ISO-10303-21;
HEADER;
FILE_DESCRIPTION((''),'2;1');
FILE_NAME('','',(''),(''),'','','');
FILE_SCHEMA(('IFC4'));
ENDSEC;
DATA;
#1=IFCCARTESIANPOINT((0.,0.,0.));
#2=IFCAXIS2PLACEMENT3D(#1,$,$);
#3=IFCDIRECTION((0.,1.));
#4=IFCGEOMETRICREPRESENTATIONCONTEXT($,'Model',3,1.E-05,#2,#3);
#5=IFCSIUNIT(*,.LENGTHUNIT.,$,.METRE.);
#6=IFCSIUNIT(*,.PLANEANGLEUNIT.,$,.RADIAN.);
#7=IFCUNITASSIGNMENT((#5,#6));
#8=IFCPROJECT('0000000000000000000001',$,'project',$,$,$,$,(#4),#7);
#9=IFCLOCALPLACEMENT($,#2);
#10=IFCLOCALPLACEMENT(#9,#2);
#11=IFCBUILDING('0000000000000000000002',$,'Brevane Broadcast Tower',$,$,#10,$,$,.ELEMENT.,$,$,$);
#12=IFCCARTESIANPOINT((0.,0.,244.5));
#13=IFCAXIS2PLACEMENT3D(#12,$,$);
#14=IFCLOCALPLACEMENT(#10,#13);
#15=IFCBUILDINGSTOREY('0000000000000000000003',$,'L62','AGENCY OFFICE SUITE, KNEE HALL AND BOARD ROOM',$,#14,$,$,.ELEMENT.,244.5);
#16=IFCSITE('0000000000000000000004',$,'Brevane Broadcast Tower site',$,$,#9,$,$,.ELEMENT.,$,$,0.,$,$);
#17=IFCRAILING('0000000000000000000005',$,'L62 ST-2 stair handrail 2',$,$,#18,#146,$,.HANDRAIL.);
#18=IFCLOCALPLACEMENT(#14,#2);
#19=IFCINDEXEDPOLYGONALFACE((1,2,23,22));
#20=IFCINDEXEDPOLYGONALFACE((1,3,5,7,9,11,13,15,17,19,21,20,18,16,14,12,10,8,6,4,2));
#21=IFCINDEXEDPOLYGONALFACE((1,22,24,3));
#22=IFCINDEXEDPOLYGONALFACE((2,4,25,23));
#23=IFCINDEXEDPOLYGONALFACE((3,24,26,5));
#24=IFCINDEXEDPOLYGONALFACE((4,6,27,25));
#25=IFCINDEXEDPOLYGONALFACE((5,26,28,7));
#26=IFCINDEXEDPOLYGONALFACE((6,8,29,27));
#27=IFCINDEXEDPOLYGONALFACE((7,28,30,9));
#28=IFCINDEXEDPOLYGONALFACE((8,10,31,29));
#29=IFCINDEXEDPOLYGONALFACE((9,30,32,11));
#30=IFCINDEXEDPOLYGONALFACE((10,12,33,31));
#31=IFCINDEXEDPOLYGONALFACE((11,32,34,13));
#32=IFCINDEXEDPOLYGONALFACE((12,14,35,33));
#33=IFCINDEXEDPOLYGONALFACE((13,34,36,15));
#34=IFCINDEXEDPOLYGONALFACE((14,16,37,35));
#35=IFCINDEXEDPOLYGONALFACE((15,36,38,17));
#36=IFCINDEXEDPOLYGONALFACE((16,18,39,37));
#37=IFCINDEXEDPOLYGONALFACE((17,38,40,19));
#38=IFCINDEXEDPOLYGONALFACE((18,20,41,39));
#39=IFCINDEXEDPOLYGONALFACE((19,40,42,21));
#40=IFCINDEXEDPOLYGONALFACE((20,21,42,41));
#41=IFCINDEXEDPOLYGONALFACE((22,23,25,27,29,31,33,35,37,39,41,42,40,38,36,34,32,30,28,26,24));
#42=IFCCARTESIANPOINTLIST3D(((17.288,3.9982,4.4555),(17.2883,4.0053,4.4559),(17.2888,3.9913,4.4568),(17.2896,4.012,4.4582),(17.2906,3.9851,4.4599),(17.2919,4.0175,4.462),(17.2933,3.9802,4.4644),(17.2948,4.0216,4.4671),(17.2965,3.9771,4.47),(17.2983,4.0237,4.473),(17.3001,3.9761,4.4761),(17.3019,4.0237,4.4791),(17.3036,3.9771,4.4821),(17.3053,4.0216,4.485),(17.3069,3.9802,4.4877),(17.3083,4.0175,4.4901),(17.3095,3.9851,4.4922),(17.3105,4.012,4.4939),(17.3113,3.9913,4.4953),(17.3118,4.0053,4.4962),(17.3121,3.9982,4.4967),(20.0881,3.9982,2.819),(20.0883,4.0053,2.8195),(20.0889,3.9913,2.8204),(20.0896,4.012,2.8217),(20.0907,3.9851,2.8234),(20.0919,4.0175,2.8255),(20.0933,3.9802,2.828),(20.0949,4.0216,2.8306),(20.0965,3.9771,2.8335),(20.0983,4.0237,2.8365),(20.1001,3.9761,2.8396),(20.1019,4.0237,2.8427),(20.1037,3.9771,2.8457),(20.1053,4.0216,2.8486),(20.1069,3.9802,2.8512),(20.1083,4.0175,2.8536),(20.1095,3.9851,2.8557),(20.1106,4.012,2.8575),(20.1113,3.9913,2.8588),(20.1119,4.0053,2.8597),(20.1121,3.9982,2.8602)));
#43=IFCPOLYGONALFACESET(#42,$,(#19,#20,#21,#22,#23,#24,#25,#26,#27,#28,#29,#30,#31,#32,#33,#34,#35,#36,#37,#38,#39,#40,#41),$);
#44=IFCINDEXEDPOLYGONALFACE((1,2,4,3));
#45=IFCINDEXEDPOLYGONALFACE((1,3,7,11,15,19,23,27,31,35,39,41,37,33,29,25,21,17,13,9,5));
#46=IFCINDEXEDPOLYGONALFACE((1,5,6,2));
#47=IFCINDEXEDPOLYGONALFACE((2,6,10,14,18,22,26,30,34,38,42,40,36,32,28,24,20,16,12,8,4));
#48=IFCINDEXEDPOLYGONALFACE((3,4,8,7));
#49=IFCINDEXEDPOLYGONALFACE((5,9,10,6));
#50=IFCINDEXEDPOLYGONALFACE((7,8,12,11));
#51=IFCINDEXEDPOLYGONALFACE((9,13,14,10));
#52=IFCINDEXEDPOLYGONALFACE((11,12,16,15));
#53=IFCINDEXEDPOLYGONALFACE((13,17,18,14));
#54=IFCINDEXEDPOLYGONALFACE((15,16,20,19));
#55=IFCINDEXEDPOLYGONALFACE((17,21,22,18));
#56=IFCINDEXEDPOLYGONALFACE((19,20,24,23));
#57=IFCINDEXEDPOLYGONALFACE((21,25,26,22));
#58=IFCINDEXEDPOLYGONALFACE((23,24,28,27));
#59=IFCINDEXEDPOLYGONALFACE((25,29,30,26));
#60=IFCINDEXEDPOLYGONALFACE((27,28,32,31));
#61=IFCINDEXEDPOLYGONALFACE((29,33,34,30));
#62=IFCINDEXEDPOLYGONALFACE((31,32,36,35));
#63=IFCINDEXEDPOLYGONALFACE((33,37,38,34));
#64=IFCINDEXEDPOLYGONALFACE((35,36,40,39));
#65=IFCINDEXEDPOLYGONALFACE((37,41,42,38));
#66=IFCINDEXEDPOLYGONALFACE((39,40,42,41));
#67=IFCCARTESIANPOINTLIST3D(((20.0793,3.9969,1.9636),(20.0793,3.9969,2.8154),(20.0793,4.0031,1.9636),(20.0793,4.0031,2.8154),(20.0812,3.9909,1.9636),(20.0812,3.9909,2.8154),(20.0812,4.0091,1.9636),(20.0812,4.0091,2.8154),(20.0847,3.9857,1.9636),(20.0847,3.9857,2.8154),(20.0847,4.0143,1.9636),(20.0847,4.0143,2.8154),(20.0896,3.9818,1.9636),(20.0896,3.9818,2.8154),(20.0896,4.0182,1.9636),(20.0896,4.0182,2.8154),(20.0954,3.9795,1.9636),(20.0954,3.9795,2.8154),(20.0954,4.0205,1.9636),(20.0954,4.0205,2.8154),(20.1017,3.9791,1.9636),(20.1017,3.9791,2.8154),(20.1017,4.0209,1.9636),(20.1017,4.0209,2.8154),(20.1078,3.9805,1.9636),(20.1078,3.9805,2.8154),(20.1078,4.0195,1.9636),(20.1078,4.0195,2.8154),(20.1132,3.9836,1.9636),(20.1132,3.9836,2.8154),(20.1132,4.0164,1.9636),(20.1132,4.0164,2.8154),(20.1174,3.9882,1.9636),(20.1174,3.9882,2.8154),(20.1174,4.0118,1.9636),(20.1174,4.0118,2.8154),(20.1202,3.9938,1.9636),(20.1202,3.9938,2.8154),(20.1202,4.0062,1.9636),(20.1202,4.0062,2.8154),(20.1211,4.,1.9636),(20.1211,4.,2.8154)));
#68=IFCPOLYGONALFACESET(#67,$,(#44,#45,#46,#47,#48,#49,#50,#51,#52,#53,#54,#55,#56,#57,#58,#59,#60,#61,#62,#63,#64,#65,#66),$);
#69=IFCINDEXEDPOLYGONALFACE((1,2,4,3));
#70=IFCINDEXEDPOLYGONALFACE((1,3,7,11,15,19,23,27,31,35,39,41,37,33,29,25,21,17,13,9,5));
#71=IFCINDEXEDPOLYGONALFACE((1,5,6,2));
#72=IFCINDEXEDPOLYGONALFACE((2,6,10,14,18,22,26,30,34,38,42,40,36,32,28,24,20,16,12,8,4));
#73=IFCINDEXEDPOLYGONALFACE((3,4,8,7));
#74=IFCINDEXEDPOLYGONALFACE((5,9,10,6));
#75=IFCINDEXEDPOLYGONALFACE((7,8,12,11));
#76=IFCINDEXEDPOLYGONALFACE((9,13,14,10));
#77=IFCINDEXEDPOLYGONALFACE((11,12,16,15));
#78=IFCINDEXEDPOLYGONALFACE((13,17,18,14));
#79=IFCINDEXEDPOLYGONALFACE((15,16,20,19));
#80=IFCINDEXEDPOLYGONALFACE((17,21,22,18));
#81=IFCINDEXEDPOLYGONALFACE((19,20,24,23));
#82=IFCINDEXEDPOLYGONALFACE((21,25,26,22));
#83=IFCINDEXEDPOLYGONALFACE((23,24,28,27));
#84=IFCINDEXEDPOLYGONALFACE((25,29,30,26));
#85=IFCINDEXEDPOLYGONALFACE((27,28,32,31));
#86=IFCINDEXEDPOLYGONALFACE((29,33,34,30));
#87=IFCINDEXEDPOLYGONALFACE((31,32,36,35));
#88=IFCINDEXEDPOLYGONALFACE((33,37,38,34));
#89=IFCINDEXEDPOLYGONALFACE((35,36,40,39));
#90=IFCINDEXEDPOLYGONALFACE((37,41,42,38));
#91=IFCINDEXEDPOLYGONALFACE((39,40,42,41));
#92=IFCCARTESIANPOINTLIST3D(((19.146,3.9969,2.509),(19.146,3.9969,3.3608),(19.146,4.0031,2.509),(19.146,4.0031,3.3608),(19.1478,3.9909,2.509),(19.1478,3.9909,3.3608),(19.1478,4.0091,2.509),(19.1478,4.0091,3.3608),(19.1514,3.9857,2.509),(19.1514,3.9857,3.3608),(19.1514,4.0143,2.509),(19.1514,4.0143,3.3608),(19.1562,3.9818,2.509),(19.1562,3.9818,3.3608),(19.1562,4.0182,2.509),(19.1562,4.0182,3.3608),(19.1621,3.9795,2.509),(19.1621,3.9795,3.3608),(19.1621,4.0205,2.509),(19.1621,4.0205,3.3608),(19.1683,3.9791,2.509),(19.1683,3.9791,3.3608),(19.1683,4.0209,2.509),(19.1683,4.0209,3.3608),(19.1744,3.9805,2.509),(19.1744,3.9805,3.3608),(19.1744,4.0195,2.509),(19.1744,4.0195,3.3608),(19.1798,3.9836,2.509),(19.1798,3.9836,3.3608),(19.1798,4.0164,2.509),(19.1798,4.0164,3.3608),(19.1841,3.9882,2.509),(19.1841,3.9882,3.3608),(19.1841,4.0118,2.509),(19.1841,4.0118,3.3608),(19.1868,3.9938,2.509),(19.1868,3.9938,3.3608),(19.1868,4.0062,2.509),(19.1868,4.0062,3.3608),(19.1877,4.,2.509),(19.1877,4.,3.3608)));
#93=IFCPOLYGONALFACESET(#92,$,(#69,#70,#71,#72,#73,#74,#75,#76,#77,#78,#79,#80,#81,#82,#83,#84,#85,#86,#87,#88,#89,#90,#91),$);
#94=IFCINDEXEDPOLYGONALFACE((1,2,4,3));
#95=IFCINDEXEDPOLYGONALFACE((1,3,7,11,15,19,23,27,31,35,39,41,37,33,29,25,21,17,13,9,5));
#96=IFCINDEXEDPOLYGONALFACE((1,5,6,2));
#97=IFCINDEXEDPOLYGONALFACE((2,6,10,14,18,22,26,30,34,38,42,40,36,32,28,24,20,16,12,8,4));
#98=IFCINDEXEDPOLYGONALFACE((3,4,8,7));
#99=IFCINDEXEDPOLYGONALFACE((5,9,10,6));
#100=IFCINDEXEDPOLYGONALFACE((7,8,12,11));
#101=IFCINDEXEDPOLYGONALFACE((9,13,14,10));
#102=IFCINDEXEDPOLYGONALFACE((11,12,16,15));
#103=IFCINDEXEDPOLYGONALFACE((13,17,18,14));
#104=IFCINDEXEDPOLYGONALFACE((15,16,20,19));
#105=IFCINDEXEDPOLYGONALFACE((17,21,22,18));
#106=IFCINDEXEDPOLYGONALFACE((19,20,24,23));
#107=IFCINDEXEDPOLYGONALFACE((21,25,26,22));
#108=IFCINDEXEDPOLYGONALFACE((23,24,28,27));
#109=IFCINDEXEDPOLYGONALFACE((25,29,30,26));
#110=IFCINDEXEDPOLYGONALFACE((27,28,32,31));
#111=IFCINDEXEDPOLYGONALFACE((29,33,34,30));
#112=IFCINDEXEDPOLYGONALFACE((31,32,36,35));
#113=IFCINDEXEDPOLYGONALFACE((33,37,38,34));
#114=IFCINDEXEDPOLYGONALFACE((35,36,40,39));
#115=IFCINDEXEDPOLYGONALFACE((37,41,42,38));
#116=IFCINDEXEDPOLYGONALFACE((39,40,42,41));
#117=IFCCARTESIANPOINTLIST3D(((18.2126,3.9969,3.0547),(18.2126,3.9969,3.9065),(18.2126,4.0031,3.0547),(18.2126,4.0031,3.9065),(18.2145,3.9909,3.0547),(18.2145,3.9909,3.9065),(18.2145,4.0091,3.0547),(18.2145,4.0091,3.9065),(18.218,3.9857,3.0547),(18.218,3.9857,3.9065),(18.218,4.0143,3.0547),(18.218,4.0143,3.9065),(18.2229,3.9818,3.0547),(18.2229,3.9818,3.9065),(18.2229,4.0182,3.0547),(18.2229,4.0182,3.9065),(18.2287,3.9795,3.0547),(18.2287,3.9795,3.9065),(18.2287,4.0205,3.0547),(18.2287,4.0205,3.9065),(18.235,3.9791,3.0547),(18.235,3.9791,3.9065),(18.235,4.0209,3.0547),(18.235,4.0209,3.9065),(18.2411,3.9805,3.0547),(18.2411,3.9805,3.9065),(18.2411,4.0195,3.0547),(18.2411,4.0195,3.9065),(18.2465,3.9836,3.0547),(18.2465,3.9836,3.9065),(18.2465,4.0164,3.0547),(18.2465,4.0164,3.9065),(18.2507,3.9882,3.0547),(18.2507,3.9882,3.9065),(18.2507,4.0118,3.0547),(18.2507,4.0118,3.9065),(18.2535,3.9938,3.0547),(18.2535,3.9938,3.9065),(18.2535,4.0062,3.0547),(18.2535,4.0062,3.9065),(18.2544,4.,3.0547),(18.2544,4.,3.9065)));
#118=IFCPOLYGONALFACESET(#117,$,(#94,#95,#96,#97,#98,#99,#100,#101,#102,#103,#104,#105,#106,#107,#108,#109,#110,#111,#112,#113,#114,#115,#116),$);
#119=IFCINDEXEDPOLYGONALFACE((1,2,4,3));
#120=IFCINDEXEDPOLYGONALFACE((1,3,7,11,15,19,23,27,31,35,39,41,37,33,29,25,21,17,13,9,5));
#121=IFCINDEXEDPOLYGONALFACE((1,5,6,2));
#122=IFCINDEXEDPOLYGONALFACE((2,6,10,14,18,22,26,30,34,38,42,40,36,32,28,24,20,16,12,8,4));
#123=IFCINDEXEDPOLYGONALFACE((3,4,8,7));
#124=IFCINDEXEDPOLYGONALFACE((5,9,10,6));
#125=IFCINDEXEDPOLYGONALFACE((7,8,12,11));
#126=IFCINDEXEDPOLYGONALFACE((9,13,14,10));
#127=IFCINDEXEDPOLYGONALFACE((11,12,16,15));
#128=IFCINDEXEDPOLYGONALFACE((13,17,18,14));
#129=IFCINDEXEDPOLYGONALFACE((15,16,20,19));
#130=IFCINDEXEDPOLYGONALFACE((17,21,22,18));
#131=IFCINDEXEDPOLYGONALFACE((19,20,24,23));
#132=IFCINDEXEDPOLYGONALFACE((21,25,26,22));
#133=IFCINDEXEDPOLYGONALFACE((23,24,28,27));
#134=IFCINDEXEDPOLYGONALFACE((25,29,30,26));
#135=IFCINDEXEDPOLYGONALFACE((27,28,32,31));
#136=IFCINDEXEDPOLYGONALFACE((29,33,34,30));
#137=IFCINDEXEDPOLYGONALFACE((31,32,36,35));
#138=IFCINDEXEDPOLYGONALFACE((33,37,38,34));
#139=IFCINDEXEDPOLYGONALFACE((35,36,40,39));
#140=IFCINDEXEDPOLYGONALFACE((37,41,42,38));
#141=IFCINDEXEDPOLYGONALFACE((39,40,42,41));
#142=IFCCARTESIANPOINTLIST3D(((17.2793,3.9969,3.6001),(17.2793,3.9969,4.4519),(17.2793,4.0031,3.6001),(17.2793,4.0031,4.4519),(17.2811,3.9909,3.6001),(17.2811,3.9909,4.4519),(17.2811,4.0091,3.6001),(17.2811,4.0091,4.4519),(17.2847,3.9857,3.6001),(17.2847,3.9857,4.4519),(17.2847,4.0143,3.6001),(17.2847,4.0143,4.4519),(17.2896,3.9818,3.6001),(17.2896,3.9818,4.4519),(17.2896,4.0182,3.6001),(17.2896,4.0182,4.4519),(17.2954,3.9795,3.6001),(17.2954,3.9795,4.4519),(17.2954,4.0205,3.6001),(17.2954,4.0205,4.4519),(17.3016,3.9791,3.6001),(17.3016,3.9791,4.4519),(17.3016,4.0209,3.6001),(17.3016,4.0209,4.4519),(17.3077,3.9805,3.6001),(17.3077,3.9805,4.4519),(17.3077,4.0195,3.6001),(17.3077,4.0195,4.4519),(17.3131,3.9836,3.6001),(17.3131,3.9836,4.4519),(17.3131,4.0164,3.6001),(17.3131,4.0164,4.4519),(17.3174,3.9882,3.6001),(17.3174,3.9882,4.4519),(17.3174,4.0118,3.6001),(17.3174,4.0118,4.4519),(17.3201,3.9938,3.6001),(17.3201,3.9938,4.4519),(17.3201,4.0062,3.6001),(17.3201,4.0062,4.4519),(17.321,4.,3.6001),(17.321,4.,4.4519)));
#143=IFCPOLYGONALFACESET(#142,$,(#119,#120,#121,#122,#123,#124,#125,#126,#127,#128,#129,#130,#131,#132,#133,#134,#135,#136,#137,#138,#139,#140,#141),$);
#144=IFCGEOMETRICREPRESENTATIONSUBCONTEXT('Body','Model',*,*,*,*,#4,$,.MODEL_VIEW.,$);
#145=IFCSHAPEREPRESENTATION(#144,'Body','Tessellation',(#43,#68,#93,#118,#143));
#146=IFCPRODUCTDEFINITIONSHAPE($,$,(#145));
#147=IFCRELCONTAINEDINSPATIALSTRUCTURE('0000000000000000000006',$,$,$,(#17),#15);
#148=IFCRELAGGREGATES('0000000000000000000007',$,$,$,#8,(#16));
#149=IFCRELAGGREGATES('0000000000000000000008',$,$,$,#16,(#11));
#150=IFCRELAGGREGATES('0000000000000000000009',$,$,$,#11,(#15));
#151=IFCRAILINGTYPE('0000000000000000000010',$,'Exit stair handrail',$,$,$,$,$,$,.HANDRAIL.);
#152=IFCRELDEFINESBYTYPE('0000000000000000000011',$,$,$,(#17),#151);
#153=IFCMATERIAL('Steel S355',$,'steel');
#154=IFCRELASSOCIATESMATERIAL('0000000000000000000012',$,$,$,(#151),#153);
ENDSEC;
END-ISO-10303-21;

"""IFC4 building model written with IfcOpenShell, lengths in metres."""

from ifc_helpers import new_model, si_unit, direction, frame, origin, origin_2d, place, context, subcontext, project, spatial, circle, extrude, material, type_object, element, save


model = new_model("IFC4")

# Units and contexts
model_context = context("Model", 3, precision=1e-05, world=origin(), true_north=direction((0.0, 1.0)))
body_context = subcontext(model_context, "Body", "Model", "MODEL_VIEW")
ifc_project = project(units=[si_unit("LENGTHUNIT", "METRE"), si_unit("PLANEANGLEUNIT", "RADIAN")], contexts=[model_context])

# Site, building, storey
site_placement = place(None, origin())
site = spatial("IfcSite", under=ifc_project, at=site_placement, Name="Brevane Broadcast Tower site", CompositionType="ELEMENT", RefElevation=0.0)
building_placement = place(site_placement, origin())
building = spatial("IfcBuilding", under=site, at=building_placement, Name="Brevane Broadcast Tower", CompositionType="ELEMENT")
storey_placement = place(building_placement, frame((0.0, 0.0, 244.5)))
storey = spatial("IfcBuildingStorey", under=building, at=storey_placement, Name="L62", Description="AGENCY OFFICE SUITE, KNEE HALL AND BOARD ROOM", CompositionType="ELEMENT", Elevation=244.5)

# Railing
ifc_material_1 = material(Name="Steel S355", Category="steel")
railing_type_1 = type_object("IfcRailingType", Name="Exit stair handrail", PredefinedType="HANDRAIL", material=ifc_material_1)
railing_1_placement = place(storey_placement, frame((20.1001, 4.0, 1.9636)))
element("IfcRailing", 1, at=railing_1_placement, inside=storey, type_object=railing_type_1, Name="L62 ST-2 stair handrail 2", PredefinedType="HANDRAIL", context=body_context, shape_type="SweptSolid", body=[
    extrude(circle(Radius=0.0239, at=origin_2d()), frame((0.0, 0.0, 0.876), z_axis=(-0.863361, 0.0, 0.504587), x_axis=(0.0, -1.0, 0.0)), (0.0, 0.0, 1.0), 3.2432),
    extrude(circle(Radius=0.021, at=origin_2d()), origin(), (0.0, 0.0, 1.0), 0.8518),
    extrude(circle(Radius=0.021, at=origin_2d()), frame((-0.9333, 0.0, 0.5454)), (0.0, 0.0, 1.0), 0.8518),
    extrude(circle(Radius=0.021, at=origin_2d()), frame((-1.8667, 0.0, 1.0911)), (0.0, 0.0, 1.0), 0.8518),
    extrude(circle(Radius=0.021, at=origin_2d()), frame((-2.8, 0.0, 1.6365)), (0.0, 0.0, 1.0), 0.8518),
])

save(model, "model.ifc")
